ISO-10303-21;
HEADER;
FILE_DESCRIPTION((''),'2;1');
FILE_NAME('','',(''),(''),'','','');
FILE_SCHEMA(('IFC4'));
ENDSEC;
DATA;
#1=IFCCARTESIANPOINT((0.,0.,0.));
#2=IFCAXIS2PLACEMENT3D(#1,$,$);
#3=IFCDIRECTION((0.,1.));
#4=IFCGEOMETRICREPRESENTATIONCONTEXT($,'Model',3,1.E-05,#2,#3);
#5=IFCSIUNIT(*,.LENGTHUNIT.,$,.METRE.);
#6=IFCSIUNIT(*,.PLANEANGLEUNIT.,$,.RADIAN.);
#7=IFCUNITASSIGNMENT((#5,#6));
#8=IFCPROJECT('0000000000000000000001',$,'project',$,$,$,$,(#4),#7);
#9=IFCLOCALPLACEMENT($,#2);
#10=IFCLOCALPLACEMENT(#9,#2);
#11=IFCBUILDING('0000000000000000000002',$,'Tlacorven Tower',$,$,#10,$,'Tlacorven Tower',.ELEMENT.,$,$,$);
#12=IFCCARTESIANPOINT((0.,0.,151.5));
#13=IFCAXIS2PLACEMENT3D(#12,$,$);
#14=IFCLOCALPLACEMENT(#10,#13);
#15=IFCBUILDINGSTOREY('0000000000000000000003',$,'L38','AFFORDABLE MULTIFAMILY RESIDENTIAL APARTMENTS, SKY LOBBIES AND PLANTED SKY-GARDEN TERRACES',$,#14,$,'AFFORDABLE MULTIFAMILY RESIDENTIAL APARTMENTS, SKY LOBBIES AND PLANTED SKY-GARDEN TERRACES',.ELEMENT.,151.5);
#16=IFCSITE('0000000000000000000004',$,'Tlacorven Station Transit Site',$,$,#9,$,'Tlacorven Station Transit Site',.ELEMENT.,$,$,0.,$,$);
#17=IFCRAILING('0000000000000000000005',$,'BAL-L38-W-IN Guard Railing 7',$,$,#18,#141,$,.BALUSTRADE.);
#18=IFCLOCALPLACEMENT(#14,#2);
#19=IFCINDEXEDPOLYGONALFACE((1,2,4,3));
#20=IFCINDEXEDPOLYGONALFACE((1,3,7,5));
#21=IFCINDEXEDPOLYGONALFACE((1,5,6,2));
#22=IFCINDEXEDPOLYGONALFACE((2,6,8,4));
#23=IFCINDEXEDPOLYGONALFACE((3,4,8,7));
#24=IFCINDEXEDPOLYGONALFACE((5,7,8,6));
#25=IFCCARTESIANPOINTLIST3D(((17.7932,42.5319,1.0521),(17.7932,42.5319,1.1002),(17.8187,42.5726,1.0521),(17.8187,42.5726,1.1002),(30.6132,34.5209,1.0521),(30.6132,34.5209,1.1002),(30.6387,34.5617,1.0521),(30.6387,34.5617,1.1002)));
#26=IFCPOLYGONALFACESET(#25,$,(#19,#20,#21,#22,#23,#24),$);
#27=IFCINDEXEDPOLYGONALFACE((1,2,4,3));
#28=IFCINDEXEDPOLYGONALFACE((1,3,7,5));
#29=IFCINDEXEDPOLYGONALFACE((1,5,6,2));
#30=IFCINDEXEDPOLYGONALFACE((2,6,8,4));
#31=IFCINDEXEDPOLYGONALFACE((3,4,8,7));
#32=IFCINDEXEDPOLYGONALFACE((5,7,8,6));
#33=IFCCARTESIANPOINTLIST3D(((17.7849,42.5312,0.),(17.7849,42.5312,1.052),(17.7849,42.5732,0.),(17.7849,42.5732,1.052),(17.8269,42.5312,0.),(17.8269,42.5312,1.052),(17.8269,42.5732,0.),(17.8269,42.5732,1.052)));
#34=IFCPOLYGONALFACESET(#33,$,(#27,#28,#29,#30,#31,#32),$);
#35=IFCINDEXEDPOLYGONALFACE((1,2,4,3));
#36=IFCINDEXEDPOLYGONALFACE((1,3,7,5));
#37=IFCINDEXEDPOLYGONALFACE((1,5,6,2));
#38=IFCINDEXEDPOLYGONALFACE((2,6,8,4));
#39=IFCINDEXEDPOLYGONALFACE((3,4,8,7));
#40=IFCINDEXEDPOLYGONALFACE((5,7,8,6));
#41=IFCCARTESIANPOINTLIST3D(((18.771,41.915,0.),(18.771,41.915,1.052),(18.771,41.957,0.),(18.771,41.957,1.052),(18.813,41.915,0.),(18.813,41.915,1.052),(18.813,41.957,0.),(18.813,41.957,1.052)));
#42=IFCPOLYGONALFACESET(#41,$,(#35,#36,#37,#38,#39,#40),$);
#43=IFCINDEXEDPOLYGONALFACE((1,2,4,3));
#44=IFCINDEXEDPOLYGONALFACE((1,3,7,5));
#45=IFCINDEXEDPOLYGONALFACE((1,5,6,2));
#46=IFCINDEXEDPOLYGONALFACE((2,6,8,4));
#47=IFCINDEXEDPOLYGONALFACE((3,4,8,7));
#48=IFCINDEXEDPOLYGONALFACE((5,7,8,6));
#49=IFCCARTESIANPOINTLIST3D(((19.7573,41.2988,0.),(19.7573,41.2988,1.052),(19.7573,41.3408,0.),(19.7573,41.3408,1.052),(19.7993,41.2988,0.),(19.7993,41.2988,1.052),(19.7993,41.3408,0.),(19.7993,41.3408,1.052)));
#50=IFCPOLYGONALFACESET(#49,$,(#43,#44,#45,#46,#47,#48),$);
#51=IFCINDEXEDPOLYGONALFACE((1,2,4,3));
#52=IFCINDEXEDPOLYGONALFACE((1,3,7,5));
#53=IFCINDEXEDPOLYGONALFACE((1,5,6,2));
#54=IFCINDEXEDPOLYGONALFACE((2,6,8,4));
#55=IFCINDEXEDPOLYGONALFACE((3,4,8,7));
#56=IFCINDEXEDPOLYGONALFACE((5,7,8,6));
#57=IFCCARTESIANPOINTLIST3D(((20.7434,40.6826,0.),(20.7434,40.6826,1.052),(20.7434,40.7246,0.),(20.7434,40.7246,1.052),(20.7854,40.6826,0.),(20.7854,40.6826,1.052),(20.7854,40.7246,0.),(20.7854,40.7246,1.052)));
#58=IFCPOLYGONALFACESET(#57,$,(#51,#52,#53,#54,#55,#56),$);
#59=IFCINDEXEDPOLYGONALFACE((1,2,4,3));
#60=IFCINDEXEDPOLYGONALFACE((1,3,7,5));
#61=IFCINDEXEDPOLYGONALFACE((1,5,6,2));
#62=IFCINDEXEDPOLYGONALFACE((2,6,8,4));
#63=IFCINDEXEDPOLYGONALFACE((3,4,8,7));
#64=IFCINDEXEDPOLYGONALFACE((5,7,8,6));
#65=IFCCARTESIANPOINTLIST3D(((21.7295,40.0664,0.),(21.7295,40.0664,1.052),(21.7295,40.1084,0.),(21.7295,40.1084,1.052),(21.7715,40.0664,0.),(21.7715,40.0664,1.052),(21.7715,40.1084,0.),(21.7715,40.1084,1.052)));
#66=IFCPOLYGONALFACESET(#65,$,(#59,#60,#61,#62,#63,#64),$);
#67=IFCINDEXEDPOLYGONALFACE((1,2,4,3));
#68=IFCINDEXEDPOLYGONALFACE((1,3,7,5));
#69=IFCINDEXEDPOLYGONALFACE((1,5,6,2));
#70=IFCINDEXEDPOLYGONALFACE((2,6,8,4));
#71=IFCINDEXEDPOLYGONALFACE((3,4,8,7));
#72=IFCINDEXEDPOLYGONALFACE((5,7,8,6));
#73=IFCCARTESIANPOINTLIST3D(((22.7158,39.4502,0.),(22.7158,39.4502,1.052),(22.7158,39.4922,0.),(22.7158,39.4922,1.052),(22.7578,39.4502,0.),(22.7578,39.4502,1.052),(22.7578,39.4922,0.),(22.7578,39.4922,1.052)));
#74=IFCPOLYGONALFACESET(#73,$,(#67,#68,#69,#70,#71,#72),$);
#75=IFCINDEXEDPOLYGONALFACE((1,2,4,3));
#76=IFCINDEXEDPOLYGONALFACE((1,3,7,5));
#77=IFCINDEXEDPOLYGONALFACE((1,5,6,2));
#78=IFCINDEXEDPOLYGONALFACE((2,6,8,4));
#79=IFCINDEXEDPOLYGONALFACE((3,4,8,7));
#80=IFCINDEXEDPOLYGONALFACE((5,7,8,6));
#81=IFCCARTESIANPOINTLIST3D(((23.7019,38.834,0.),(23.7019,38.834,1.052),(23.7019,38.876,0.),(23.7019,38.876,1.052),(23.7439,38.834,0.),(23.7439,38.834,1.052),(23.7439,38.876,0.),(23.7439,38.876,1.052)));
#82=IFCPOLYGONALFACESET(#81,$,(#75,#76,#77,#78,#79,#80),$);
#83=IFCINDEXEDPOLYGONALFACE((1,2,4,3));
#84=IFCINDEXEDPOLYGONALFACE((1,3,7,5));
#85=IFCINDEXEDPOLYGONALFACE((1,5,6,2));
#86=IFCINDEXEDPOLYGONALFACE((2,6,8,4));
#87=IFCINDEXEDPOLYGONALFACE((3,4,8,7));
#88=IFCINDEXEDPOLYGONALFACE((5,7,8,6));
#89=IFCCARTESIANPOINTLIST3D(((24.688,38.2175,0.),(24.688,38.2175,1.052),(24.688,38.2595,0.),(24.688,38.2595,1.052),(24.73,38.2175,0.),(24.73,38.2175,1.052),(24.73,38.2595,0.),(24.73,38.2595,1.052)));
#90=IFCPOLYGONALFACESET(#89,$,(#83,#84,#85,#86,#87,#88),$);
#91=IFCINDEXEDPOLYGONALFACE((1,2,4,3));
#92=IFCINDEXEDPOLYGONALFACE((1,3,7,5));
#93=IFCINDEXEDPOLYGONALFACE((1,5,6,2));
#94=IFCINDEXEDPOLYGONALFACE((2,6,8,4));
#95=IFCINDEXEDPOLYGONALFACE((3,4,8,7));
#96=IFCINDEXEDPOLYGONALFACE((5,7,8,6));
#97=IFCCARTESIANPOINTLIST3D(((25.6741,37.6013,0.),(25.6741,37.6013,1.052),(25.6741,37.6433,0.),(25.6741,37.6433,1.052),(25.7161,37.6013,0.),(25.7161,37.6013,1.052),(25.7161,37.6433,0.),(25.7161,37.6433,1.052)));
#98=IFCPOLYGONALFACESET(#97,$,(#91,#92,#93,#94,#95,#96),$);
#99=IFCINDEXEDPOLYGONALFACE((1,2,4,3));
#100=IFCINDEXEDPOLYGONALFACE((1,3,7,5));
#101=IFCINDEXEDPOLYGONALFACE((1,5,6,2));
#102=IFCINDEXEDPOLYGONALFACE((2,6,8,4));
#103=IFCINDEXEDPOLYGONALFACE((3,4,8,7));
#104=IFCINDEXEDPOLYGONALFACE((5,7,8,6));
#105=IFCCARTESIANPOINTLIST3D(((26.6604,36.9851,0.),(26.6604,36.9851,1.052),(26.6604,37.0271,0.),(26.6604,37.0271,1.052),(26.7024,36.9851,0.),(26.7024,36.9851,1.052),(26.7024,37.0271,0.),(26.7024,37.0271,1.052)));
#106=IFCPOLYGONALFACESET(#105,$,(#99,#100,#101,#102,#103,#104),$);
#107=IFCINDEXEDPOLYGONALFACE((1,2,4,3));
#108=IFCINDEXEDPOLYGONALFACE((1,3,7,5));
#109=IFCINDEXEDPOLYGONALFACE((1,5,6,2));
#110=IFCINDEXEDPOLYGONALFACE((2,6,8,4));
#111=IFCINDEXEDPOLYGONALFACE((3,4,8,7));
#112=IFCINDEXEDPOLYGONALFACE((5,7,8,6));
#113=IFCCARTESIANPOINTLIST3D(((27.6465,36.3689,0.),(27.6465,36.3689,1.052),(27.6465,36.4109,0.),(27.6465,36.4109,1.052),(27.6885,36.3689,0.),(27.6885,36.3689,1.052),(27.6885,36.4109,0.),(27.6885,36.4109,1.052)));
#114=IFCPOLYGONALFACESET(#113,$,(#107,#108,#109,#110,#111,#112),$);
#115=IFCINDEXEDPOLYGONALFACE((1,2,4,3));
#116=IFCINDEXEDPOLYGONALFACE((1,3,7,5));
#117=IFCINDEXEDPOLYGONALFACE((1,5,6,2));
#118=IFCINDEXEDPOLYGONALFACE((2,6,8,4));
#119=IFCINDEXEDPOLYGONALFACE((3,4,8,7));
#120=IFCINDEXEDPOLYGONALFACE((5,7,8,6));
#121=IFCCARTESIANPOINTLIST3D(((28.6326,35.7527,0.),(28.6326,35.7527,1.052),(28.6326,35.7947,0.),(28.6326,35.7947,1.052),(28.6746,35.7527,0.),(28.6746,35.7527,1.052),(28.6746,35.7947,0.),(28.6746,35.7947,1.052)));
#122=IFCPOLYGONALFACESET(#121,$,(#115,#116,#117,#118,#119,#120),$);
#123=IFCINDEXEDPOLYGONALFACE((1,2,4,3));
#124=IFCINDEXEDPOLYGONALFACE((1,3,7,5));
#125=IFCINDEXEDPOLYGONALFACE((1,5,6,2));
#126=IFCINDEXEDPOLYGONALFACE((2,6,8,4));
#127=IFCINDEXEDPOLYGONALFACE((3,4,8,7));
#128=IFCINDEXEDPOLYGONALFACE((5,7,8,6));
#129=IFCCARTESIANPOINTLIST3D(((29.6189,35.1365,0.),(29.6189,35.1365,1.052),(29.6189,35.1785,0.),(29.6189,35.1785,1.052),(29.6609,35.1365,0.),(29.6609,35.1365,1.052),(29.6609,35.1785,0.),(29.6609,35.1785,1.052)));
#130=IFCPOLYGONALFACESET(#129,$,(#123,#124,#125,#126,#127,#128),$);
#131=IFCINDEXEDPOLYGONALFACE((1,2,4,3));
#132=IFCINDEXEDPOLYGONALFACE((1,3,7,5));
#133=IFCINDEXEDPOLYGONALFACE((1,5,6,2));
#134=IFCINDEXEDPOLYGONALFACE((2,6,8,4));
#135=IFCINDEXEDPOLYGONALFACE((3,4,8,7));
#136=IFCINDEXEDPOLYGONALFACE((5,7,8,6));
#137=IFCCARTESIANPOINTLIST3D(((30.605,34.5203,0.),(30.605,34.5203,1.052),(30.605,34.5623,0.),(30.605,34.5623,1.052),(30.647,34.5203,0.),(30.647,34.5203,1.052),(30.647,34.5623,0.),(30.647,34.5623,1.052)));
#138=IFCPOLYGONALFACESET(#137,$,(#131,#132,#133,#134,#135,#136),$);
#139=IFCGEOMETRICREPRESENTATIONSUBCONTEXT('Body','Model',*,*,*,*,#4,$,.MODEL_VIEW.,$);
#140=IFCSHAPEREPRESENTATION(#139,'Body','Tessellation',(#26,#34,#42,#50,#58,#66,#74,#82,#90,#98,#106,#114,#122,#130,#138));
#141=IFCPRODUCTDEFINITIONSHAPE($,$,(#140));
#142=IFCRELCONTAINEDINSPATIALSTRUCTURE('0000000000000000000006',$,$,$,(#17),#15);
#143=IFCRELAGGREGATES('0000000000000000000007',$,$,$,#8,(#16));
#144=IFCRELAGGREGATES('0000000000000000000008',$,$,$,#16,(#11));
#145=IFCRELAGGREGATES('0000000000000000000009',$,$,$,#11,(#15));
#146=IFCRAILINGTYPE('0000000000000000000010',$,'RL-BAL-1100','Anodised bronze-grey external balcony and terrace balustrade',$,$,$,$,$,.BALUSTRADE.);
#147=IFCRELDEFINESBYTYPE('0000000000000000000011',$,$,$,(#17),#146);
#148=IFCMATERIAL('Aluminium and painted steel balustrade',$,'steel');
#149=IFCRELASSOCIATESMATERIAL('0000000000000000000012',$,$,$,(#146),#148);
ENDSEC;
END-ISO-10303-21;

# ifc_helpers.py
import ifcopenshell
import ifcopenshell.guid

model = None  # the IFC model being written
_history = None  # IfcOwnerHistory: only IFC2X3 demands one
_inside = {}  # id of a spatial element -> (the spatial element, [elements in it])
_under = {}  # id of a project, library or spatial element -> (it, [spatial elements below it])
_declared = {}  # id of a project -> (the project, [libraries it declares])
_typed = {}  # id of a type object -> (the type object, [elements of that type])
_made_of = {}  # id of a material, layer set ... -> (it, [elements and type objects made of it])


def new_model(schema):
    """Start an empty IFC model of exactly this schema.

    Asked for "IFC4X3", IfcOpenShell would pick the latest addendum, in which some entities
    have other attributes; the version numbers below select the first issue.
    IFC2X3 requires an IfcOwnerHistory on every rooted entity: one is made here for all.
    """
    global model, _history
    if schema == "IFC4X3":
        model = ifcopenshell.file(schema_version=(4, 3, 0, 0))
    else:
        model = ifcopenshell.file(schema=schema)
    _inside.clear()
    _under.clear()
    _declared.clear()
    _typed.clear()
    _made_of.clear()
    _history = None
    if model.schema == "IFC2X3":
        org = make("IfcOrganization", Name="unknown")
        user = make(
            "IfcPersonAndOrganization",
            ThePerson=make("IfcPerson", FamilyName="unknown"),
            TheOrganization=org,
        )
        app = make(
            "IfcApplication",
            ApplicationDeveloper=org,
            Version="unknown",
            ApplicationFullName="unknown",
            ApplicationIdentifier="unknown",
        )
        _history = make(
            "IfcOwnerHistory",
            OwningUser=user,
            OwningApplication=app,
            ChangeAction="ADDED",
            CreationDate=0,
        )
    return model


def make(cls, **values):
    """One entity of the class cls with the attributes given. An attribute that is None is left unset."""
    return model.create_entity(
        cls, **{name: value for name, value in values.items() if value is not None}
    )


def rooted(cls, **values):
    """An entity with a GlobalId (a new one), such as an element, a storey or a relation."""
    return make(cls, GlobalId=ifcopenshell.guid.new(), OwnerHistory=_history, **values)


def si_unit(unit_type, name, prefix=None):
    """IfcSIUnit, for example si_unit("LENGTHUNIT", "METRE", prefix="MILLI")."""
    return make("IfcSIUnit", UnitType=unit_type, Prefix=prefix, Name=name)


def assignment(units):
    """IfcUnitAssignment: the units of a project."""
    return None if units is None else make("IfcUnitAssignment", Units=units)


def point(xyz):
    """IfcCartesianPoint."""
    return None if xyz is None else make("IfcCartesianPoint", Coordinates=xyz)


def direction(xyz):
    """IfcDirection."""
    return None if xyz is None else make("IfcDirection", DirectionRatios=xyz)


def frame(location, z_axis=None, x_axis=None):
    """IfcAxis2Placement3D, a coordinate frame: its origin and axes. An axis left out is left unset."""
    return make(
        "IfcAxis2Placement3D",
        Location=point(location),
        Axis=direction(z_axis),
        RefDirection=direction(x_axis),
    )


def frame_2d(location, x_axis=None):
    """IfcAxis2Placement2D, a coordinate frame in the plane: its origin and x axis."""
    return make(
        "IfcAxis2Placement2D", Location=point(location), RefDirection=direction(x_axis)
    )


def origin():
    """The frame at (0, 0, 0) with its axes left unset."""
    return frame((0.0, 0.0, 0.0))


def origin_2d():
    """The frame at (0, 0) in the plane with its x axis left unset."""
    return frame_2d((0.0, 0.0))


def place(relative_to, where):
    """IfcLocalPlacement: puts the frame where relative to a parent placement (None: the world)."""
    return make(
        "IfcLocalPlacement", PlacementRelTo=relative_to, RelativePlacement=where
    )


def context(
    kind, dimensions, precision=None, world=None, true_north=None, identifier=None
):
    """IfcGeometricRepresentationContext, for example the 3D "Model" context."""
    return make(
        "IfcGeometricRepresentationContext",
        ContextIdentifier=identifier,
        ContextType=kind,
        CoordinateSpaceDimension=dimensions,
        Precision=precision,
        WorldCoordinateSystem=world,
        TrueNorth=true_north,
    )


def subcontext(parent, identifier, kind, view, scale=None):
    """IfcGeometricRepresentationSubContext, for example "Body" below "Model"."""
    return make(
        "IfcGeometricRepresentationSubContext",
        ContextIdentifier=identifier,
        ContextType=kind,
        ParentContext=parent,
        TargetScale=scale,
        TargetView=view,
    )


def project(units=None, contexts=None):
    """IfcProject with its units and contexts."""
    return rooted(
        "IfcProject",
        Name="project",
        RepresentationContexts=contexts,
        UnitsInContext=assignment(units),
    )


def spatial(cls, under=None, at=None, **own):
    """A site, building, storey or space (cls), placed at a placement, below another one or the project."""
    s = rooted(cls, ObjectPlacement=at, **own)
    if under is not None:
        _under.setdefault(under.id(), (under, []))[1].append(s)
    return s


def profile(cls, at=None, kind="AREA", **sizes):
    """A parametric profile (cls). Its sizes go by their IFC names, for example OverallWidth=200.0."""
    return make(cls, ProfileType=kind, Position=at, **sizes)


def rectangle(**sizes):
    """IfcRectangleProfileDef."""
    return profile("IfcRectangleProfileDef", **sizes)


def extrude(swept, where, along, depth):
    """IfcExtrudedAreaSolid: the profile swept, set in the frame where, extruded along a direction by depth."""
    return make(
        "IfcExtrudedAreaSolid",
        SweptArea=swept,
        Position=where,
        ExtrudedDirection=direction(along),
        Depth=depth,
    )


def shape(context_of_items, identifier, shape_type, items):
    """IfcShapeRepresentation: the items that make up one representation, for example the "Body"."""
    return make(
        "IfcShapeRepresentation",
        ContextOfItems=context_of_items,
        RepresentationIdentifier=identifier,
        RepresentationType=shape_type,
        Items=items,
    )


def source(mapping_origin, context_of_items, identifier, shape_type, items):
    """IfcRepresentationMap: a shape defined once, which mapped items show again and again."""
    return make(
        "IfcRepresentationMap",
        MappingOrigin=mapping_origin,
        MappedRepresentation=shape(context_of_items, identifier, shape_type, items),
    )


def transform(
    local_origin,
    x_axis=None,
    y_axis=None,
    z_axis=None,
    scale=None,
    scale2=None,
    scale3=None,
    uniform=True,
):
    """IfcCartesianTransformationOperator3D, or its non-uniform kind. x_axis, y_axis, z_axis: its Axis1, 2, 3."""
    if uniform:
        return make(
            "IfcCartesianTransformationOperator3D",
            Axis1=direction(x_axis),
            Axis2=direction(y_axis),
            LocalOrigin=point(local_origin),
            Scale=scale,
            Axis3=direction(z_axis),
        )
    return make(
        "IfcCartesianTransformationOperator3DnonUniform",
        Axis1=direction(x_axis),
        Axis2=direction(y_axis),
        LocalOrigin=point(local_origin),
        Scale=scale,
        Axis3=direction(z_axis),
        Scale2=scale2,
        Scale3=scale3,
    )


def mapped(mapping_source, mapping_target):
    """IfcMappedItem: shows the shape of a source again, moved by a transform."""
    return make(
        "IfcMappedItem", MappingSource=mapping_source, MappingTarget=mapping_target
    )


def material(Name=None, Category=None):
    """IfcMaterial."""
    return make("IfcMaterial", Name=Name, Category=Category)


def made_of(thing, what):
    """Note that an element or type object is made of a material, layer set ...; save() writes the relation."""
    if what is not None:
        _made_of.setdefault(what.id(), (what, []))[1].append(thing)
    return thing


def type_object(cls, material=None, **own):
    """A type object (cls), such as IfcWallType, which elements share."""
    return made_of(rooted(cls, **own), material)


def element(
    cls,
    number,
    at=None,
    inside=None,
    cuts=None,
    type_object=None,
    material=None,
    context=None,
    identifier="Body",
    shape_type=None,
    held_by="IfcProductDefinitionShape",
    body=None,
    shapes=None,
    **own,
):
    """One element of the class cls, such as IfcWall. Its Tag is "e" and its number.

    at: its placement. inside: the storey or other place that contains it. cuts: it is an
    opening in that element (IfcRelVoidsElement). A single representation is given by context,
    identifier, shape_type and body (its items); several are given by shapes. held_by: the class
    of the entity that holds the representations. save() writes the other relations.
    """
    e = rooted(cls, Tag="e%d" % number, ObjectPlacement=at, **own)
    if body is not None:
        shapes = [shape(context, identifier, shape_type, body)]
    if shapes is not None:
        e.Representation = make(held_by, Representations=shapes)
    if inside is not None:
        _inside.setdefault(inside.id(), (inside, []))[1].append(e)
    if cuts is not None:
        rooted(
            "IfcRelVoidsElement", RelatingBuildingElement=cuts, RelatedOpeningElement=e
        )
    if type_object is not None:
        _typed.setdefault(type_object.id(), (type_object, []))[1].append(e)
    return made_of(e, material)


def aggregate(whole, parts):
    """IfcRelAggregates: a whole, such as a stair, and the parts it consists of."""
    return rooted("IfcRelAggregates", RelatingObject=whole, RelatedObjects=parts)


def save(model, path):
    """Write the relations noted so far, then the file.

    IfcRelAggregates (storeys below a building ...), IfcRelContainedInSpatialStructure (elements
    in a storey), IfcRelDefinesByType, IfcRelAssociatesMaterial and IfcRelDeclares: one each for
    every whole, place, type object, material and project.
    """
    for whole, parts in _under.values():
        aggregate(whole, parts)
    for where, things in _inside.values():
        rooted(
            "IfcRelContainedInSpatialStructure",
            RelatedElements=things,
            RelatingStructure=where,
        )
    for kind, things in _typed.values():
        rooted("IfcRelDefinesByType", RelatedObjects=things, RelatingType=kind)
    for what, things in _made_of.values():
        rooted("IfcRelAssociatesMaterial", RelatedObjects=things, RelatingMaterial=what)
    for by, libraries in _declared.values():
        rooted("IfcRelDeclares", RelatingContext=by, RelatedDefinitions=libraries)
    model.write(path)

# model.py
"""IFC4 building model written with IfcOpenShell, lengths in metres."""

from ifc_helpers import new_model, si_unit, direction, frame, origin, origin_2d, place, context, subcontext, project, spatial, rectangle, extrude, source, transform, mapped, material, type_object, element, save


model = new_model("IFC4")

# Units and contexts
model_context = context("Model", 3, precision=1e-05, world=origin(), true_north=direction((0.0, 1.0)))
body_context = subcontext(model_context, "Body", "Model", "MODEL_VIEW")
ifc_project = project(units=[si_unit("LENGTHUNIT", "METRE"), si_unit("PLANEANGLEUNIT", "RADIAN")], contexts=[model_context])

# Site, building, storey
site_placement = place(None, origin())
site = spatial("IfcSite", under=ifc_project, at=site_placement, Name="Tlacorven Station Transit Site", LongName="Tlacorven Station Transit Site", CompositionType="ELEMENT", RefElevation=0.0)
building_placement = place(site_placement, origin())
building = spatial("IfcBuilding", under=site, at=building_placement, Name="Tlacorven Tower", LongName="Tlacorven Tower", CompositionType="ELEMENT")
storey_placement = place(building_placement, frame((0.0, 0.0, 151.5)))
storey = spatial("IfcBuildingStorey", under=building, at=storey_placement, Name="L38", Description="AFFORDABLE MULTIFAMILY RESIDENTIAL APARTMENTS, SKY LOBBIES AND PLANTED SKY-GARDEN TERRACES", LongName="AFFORDABLE MULTIFAMILY RESIDENTIAL APARTMENTS, SKY LOBBIES AND PLANTED SKY-GARDEN TERRACES", CompositionType="ELEMENT", Elevation=151.5)

# Railing
ifc_material_1 = material(Name="Aluminium and painted steel balustrade", Category="steel")
railing_type = type_object("IfcRailingType", Name="RL-BAL-1100", Description="Anodised bronze-grey external balcony and terrace balustrade", PredefinedType="BALUSTRADE", material=ifc_material_1)
shared_shape_1 = source(origin(), body_context, "Body", "SweptSolid", [
    extrude(rectangle(XDim=0.0481, YDim=0.0481, at=origin_2d()), frame((0.0, 0.0, 1.0762), z_axis=(0.848045, -0.529925, 0.0), x_axis=(0.529925, 0.848045, 0.0)), (0.0, 0.0, 1.0), 15.1172),
    extrude(rectangle(XDim=0.042, YDim=0.042, at=origin_2d()), origin(), (0.0, 0.0, 1.0), 1.052),
    extrude(rectangle(XDim=0.042, YDim=0.042, at=origin_2d()), frame((0.9861, -0.6162, 0.0)), (0.0, 0.0, 1.0), 1.052),
    extrude(rectangle(XDim=0.042, YDim=0.042, at=origin_2d()), frame((1.9724, -1.2324, 0.0)), (0.0, 0.0, 1.0), 1.052),
    extrude(rectangle(XDim=0.042, YDim=0.042, at=origin_2d()), frame((2.9585, -1.8486, 0.0)), (0.0, 0.0, 1.0), 1.052),
    extrude(rectangle(XDim=0.042, YDim=0.042, at=origin_2d()), frame((3.9446, -2.4648, 0.0)), (0.0, 0.0, 1.0), 1.052),
    extrude(rectangle(XDim=0.042, YDim=0.042, at=origin_2d()), frame((4.9309, -3.0811, 0.0)), (0.0, 0.0, 1.0), 1.052),
    extrude(rectangle(XDim=0.042, YDim=0.042, at=origin_2d()), frame((5.917, -3.6973, 0.0)), (0.0, 0.0, 1.0), 1.052),
    extrude(rectangle(XDim=0.042, YDim=0.042, at=origin_2d()), frame((6.9031, -4.3137, 0.0)), (0.0, 0.0, 1.0), 1.052),
    extrude(rectangle(XDim=0.042, YDim=0.042, at=origin_2d()), frame((7.8892, -4.9299, 0.0)), (0.0, 0.0, 1.0), 1.052),
    extrude(rectangle(XDim=0.042, YDim=0.042, at=origin_2d()), frame((8.8755, -5.5461, 0.0)), (0.0, 0.0, 1.0), 1.052),
    extrude(rectangle(XDim=0.042, YDim=0.042, at=origin_2d()), frame((9.8616, -6.1624, 0.0)), (0.0, 0.0, 1.0), 1.052),
    extrude(rectangle(XDim=0.042, YDim=0.042, at=origin_2d()), frame((10.8477, -6.7786, 0.0)), (0.0, 0.0, 1.0), 1.052),
    extrude(rectangle(XDim=0.042, YDim=0.042, at=origin_2d()), frame((11.834, -7.3948, 0.0)), (0.0, 0.0, 1.0), 1.052),
    extrude(rectangle(XDim=0.042, YDim=0.042, at=origin_2d()), frame((12.8201, -8.011, 0.0)), (0.0, 0.0, 1.0), 1.052),
])
railing_1_placement = place(storey_placement, frame((17.8059, 42.5522, 0.0)))
element("IfcRailing", 1, at=railing_1_placement, inside=storey, type_object=railing_type, Name="BAL-L38-W-IN Guard Railing 7", PredefinedType="BALUSTRADE", context=body_context, shape_type="MappedRepresentation", body=[
    mapped(shared_shape_1, transform((0.0, 0.0, 0.0), scale=1.0)),
])

save(model, "model.ifc")
